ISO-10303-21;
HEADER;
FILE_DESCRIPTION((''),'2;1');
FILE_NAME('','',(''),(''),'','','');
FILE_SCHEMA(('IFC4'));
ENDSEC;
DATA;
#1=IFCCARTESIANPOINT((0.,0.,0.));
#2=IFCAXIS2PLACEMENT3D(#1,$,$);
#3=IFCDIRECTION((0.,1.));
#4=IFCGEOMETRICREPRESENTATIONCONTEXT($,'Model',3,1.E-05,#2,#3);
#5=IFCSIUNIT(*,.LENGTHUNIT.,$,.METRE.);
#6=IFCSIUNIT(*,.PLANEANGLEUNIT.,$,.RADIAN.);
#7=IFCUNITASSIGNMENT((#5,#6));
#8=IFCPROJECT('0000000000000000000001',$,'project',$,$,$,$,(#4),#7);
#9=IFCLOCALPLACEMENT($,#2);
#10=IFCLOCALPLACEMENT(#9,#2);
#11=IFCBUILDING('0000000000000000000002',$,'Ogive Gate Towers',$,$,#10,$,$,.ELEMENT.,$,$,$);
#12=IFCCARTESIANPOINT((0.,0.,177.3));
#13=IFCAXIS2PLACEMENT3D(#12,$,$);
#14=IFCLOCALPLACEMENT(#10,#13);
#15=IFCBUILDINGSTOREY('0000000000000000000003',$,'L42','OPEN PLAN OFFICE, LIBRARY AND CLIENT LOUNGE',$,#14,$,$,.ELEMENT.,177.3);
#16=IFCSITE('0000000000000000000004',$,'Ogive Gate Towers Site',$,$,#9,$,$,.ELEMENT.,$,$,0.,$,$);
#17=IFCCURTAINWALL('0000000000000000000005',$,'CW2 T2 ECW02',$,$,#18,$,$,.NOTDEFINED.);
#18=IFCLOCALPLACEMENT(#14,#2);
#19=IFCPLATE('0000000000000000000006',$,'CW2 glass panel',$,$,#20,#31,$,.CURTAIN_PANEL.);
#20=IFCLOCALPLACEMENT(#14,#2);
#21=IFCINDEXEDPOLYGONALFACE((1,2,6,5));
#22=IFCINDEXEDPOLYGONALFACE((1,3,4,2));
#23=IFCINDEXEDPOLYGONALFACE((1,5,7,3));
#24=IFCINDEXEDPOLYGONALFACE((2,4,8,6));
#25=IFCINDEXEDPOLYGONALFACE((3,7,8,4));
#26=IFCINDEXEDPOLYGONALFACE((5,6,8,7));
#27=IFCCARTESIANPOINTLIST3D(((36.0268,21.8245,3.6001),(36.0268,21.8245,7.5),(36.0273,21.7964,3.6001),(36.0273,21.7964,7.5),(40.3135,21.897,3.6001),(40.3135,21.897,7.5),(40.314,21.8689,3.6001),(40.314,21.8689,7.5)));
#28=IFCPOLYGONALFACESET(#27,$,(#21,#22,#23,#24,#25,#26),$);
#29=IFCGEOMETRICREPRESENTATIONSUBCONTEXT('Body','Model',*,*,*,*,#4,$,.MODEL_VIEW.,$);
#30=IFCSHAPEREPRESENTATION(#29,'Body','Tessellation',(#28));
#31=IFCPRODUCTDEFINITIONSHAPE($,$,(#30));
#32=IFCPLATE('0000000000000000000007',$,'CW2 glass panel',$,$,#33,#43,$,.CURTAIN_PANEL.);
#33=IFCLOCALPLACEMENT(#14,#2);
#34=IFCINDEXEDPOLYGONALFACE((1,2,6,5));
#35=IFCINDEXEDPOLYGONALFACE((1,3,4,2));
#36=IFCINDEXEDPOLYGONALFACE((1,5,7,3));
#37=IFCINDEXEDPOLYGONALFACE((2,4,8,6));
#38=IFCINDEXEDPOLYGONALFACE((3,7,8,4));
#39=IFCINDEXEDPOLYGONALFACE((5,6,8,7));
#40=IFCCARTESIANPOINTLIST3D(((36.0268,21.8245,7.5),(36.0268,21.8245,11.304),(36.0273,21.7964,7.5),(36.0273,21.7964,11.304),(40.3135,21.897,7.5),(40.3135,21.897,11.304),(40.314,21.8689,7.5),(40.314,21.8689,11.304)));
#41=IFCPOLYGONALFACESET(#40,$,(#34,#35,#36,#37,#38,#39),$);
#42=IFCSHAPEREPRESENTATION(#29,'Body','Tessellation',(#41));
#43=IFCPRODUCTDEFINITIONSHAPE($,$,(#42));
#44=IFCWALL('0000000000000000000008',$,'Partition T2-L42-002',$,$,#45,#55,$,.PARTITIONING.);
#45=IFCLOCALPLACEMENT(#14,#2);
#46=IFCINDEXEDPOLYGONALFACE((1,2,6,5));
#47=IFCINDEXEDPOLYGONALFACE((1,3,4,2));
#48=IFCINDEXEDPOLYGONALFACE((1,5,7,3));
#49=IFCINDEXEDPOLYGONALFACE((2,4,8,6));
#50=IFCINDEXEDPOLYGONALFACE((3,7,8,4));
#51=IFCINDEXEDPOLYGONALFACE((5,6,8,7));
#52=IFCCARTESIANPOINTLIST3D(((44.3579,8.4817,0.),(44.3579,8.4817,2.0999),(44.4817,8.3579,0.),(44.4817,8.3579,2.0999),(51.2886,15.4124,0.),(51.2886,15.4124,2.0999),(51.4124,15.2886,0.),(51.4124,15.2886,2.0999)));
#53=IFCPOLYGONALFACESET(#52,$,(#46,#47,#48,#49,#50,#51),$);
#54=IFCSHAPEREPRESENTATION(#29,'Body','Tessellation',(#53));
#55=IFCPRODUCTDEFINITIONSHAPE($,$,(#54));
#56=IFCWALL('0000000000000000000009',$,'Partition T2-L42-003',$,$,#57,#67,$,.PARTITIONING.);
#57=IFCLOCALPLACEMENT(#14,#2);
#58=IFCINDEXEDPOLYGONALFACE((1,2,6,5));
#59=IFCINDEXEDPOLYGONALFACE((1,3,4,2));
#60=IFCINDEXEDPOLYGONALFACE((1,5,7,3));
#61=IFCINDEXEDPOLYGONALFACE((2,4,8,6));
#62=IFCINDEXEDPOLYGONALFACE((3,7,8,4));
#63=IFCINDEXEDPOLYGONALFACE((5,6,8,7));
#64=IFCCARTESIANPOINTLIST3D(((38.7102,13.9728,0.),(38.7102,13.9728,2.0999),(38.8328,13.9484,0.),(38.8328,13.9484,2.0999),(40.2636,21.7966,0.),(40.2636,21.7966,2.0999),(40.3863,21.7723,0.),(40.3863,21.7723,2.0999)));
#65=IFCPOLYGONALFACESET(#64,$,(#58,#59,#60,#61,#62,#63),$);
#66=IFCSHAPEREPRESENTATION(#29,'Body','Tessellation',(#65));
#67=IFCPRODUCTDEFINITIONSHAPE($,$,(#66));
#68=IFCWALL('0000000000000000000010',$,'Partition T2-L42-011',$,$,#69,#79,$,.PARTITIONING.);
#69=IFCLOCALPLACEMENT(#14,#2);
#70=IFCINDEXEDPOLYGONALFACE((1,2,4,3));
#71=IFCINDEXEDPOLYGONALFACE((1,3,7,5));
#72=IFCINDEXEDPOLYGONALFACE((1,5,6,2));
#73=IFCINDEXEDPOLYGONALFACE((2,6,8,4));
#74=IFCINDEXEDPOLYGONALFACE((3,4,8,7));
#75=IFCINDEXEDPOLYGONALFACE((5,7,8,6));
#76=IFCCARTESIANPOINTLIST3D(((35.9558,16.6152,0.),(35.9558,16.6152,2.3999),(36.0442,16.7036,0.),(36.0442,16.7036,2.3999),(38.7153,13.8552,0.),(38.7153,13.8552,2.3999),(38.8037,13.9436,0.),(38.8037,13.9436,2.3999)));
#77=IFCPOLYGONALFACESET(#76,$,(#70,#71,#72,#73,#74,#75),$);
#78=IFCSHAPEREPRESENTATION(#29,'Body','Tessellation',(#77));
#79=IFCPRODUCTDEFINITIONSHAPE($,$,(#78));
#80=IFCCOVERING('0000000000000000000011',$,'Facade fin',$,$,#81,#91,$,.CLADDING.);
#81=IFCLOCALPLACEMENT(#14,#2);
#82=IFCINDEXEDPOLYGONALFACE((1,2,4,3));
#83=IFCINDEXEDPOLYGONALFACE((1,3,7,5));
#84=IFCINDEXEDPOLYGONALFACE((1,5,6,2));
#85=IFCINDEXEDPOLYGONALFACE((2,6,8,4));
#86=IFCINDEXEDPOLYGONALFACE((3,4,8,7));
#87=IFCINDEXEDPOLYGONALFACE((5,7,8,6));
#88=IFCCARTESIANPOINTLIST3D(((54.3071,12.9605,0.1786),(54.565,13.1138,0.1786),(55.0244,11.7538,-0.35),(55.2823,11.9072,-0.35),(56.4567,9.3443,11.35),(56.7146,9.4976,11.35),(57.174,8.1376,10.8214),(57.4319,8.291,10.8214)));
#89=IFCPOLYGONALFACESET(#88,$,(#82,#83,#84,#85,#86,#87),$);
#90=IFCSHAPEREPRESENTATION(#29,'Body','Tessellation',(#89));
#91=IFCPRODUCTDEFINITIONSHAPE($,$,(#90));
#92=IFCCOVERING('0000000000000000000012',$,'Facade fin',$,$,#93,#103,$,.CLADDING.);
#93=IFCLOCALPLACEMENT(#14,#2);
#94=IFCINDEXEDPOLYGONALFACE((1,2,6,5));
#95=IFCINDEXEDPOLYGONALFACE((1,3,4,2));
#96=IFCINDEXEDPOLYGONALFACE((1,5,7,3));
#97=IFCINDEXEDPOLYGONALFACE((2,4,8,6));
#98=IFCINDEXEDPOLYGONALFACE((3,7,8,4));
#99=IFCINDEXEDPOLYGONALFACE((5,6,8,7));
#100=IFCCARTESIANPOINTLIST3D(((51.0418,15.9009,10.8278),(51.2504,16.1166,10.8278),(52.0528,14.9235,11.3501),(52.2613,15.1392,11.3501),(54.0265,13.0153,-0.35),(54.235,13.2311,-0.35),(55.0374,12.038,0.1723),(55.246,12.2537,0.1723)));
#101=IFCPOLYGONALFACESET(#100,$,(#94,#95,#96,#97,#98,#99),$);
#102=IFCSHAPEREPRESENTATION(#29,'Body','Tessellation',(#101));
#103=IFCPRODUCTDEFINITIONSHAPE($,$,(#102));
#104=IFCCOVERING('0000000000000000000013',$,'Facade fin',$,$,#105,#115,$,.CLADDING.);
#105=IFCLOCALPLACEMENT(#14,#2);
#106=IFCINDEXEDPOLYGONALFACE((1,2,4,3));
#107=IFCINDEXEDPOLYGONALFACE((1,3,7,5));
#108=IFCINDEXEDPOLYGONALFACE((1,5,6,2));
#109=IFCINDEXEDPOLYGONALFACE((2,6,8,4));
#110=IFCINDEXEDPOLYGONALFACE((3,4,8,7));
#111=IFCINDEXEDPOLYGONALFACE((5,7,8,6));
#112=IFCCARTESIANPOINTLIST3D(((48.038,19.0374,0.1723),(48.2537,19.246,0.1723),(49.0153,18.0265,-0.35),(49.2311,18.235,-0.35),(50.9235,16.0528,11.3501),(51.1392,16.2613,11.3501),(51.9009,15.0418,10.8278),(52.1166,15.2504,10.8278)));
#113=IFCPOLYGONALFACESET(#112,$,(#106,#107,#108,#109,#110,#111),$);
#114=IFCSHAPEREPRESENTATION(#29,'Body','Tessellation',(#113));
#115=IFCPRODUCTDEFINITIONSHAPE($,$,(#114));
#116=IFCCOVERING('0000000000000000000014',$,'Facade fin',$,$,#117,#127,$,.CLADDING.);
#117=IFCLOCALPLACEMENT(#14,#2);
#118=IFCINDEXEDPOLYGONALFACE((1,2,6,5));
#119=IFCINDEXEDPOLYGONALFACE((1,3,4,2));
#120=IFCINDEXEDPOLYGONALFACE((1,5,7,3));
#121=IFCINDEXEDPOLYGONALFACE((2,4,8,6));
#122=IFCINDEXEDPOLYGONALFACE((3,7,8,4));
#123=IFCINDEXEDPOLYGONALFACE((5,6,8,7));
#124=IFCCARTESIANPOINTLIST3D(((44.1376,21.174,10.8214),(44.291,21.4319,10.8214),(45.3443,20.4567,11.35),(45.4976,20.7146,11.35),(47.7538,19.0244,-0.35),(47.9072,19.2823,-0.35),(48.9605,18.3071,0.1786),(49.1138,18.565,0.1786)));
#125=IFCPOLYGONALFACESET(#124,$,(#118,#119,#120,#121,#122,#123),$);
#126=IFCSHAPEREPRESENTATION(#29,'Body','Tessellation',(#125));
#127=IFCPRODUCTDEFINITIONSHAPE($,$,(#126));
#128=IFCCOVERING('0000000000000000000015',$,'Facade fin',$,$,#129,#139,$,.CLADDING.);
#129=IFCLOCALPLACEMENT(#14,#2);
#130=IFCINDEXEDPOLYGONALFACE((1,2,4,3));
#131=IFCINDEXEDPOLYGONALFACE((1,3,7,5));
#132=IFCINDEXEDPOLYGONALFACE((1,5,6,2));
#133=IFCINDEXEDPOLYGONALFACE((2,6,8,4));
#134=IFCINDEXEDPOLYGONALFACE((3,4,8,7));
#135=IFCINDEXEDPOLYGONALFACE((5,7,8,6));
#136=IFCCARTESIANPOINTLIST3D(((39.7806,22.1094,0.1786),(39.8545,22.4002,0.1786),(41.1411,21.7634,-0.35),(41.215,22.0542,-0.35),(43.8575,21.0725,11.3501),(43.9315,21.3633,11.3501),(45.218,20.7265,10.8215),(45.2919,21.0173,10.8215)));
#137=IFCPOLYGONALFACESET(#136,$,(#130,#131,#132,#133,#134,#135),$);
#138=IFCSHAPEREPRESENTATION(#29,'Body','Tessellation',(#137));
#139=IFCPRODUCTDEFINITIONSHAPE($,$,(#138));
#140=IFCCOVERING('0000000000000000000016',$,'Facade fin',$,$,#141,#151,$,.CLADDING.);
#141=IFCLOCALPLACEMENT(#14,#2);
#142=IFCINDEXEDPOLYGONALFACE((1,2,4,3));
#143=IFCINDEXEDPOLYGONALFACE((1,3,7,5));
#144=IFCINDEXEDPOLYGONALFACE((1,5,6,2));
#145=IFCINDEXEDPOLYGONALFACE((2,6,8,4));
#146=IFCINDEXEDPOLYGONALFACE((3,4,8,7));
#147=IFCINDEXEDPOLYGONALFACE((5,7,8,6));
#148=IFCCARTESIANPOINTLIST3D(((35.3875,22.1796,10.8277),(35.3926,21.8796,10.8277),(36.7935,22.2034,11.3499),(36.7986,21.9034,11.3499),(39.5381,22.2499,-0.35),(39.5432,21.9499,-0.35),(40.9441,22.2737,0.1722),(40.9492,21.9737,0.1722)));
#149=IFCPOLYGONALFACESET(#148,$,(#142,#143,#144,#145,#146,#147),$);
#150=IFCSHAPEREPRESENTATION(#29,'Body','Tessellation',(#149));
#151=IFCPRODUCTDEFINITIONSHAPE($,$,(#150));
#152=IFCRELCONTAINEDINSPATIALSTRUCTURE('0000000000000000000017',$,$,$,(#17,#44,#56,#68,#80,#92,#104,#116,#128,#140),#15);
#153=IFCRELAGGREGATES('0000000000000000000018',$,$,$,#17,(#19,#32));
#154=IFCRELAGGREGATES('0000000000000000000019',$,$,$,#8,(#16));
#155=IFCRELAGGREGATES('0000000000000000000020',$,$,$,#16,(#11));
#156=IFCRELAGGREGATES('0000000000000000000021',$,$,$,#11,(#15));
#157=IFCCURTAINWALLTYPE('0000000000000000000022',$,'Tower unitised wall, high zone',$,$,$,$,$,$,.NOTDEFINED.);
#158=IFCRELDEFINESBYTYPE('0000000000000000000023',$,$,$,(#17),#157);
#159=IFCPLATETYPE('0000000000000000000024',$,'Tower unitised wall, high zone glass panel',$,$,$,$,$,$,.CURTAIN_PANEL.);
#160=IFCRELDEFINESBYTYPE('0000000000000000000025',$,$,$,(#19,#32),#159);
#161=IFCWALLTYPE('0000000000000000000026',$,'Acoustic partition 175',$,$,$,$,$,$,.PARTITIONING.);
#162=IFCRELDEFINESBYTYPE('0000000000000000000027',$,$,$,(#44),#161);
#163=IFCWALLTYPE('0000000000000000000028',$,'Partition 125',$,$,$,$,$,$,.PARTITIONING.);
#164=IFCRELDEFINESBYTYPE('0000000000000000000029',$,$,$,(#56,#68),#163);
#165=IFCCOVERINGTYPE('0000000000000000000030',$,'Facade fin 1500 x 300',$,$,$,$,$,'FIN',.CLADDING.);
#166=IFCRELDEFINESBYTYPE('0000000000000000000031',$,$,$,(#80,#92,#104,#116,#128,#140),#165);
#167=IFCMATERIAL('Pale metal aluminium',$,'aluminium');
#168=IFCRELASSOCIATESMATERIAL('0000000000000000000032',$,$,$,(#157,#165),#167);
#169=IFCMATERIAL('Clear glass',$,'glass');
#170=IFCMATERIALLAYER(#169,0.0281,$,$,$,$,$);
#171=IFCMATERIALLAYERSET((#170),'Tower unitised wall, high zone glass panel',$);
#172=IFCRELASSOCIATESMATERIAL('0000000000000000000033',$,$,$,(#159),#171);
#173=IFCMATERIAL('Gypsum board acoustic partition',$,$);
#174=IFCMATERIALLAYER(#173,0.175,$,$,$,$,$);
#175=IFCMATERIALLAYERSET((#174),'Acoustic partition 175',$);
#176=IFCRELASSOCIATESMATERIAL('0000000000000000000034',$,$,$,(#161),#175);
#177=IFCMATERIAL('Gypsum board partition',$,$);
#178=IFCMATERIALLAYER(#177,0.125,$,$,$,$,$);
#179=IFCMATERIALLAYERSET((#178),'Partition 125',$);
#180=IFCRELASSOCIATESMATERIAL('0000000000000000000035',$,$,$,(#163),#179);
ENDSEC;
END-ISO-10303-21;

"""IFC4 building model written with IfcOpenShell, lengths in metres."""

from ifc_helpers import new_model, si_unit, direction, frame, frame_2d, origin, origin_2d, place, context, subcontext, project, spatial, rectangle, extrude, material, layer, layer_set, material_profile, profile_set, type_object, element, aggregate, save


model = new_model("IFC4")

# Units and contexts
model_context = context("Model", 3, precision=1e-05, world=origin(), true_north=direction((0.0, 1.0)))
body_context = subcontext(model_context, "Body", "Model", "MODEL_VIEW")
ifc_project = project(units=[si_unit("LENGTHUNIT", "METRE"), si_unit("PLANEANGLEUNIT", "RADIAN")], contexts=[model_context])

# Site, building, storey
site_placement = place(None, origin())
site = spatial("IfcSite", under=ifc_project, at=site_placement, Name="Ogive Gate Towers Site", CompositionType="ELEMENT", RefElevation=0.0)
building_placement = place(site_placement, origin())
building = spatial("IfcBuilding", under=site, at=building_placement, Name="Ogive Gate Towers", CompositionType="ELEMENT")
storey_placement = place(building_placement, frame((0.0, 0.0, 177.3)))
storey = spatial("IfcBuildingStorey", under=building, at=storey_placement, Name="L42", Description="OPEN PLAN OFFICE, LIBRARY AND CLIENT LOUNGE", CompositionType="ELEMENT", Elevation=177.3)

# Shared definitions
ifc_material_1 = material(Name="Pale metal aluminium", Category="aluminium")
curtain_wall_type = type_object("IfcCurtainWallType", Name="Tower unitised wall, high zone", PredefinedType="NOTDEFINED", material=ifc_material_1)

# Curtain wall
curtain_wall_1_placement = place(storey_placement, origin())
curtain_wall_1 = element("IfcCurtainWall", 1, at=curtain_wall_1_placement, inside=storey, type_object=curtain_wall_type, Name="CW2 T2 ECW02", PredefinedType="NOTDEFINED")

# Plates
ifc_material_2 = material(Name="Clear glass", Category="glass")
ifc_layer_1 = layer(ifc_material_2, 0.0281)
ifc_layer_set_1 = layer_set([ifc_layer_1], Name="Tower unitised wall, high zone glass panel")
plate_type = type_object("IfcPlateType", Name="Tower unitised wall, high zone glass panel", PredefinedType="CURTAIN_PANEL", material=ifc_layer_set_1)
plate_1_placement = place(storey_placement, frame((38.1704, 21.8467, 3.6001), z_axis=(0.0, 0.0, 1.0), x_axis=(-0.999857, -0.016911, 0.0)))
plate_1 = element("IfcPlate", 2, at=plate_1_placement, type_object=plate_type, Name="CW2 glass panel", PredefinedType="CURTAIN_PANEL", context=body_context, shape_type="SweptSolid", body=[
    extrude(rectangle(XDim=4.2874, YDim=0.0281, at=origin_2d()), origin(), (0.0, 0.0, 1.0), 3.8999),
])
plate_2_placement = place(storey_placement, frame((38.1704, 21.8467, 7.5), z_axis=(0.0, 0.0, 1.0), x_axis=(-0.999857, -0.016911, 0.0)))
plate_2 = element("IfcPlate", 3, at=plate_2_placement, type_object=plate_type, Name="CW2 glass panel", PredefinedType="CURTAIN_PANEL", context=body_context, shape_type="SweptSolid", body=[
    extrude(rectangle(XDim=4.2874, YDim=0.0281, at=origin_2d()), origin(), (0.0, 0.0, 1.0), 3.804),
])
aggregate(curtain_wall_1, [plate_1, plate_2])

# Walls
ifc_material_3 = material(Name="Gypsum board acoustic partition")
ifc_layer_2 = layer(ifc_material_3, 0.175)
ifc_layer_set_2 = layer_set([ifc_layer_2], Name="Acoustic partition 175")
wall_type_1 = type_object("IfcWallType", Name="Acoustic partition 175", PredefinedType="PARTITIONING", material=ifc_layer_set_2)
wall_1_placement = place(storey_placement, frame((51.3506, 15.3506, 0.0), z_axis=(0.0, 0.0, 1.0), x_axis=(-0.707107, -0.707107, 0.0)))
element("IfcWall", 4, at=wall_1_placement, inside=storey, type_object=wall_type_1, Name="Partition T2-L42-002", PredefinedType="PARTITIONING", context=body_context, shape_type="SweptSolid", body=[
    extrude(rectangle(XDim=9.8015, YDim=0.175, at=frame_2d((4.9009, 0.0))), origin(), (0.0, 0.0, 1.0), 2.0999),
])
ifc_material_4 = material(Name="Gypsum board partition")
ifc_layer_3 = layer(ifc_material_4, 0.125)
ifc_layer_set_3 = layer_set([ifc_layer_3], Name="Partition 125")
wall_type_2 = type_object("IfcWallType", Name="Partition 125", PredefinedType="PARTITIONING", material=ifc_layer_set_3)
wall_2_placement = place(storey_placement, frame((40.325, 21.7844, 0.0), z_axis=(0.0, 0.0, 1.0), x_axis=(-0.194756, -0.980852, 0.0)))
element("IfcWall", 5, at=wall_2_placement, inside=storey, type_object=wall_type_2, Name="Partition T2-L42-003", PredefinedType="PARTITIONING", context=body_context, shape_type="SweptSolid", body=[
    extrude(rectangle(XDim=7.9766, YDim=0.125, at=frame_2d((3.9883, 0.0))), origin(), (0.0, 0.0, 1.0), 2.0999),
])
wall_3_placement = place(storey_placement, frame((38.7595, 13.8994, 0.0), z_axis=(0.0, 0.0, 1.0), x_axis=(-0.707044, 0.707169, 0.0)))
element("IfcWall", 6, at=wall_3_placement, inside=storey, type_object=wall_type_2, Name="Partition T2-L42-011", PredefinedType="PARTITIONING", context=body_context, shape_type="SweptSolid", body=[
    extrude(rectangle(XDim=3.9028, YDim=0.125, at=frame_2d((1.9514, 0.0))), origin(), (0.0, 0.0, 1.0), 2.3999),
])

# Coverings
ifc_material_profile_1 = material_profile(ifc_material_1, rectangle(XDim=0.3, YDim=1.5, at=origin_2d()), Name="1500 x 300 pale metal aluminium")
ifc_profile_set_1 = profile_set([ifc_material_profile_1], Name="Pale metal aluminium")
covering_type = type_object("IfcCoveringType", Name="Facade fin 1500 x 300", ElementType="FIN", PredefinedType="CLADDING", material=ifc_profile_set_1)
covering_1_placement = place(storey_placement, frame((54.7947, 12.4338, -0.0857), z_axis=(0.18008, -0.302935, 0.935843), x_axis=(0.85959, 0.510984, 0.0)))
element("IfcCovering", 7, at=covering_1_placement, inside=storey, type_object=covering_type, Name="Facade fin", PredefinedType="CLADDING", context=body_context, shape_type="SweptSolid", body=[
    extrude(rectangle(XDim=0.3, YDim=1.5, at=origin_2d()), origin(), (0.0, 0.0, 1.0), 11.9373),
])
for number, where, z_axis, x_axis, name in (
    (8, (54.6362, 12.6345, -0.0889), (-0.250309, 0.241996, 0.937435), (-0.695068, -0.718944, 0.0), "Facade fin"),
    (9, (48.6345, 18.6362, -0.0889), (0.241996, -0.250309, 0.937435), (0.718944, 0.695068, 0.0), "Facade fin"),
):
    element("IfcCovering", number, at=place(storey_placement, frame(where, z_axis=z_axis, x_axis=x_axis)), inside=storey, type_object=covering_type, Name=name, PredefinedType="CLADDING", context=body_context, shape_type="SweptSolid", body=[
        extrude(rectangle(XDim=0.3, YDim=1.5, at=origin_2d()), origin(), (0.0, 0.0, 1.0), 11.9238),
    ])
for number, where, z_axis, x_axis, name in (
    (10, (48.4338, 18.7947, -0.0857), (-0.302935, 0.18008, 0.935843), (-0.510984, -0.85959, 0.0), "Facade fin"),
    (11, (40.4978, 22.0818, -0.0857), (0.34153, -0.08686, 0.935849), (0.24648, 0.969148, 0.0), "Facade fin"),
):
    element("IfcCovering", number, at=place(storey_placement, frame(where, z_axis=z_axis, x_axis=x_axis)), inside=storey, type_object=covering_type, Name=name, PredefinedType="CLADDING", context=body_context, shape_type="SweptSolid", body=[
        extrude(rectangle(XDim=0.3, YDim=1.5, at=origin_2d()), origin(), (0.0, 0.0, 1.0), 11.9373),
    ])
covering_2_placement = place(storey_placement, frame((40.2437, 22.1118, -0.0889), z_axis=(-0.3481, -0.005897, 0.937439), x_axis=(0.016938, -0.999857, 0.0)))
element("IfcCovering", 12, at=covering_2_placement, inside=storey, type_object=covering_type, Name="Facade fin", PredefinedType="CLADDING", context=body_context, shape_type="SweptSolid", body=[
    extrude(rectangle(XDim=0.3, YDim=1.5, at=origin_2d()), origin(), (0.0, 0.0, 1.0), 11.9236),
])

save(model, "model.ifc")
